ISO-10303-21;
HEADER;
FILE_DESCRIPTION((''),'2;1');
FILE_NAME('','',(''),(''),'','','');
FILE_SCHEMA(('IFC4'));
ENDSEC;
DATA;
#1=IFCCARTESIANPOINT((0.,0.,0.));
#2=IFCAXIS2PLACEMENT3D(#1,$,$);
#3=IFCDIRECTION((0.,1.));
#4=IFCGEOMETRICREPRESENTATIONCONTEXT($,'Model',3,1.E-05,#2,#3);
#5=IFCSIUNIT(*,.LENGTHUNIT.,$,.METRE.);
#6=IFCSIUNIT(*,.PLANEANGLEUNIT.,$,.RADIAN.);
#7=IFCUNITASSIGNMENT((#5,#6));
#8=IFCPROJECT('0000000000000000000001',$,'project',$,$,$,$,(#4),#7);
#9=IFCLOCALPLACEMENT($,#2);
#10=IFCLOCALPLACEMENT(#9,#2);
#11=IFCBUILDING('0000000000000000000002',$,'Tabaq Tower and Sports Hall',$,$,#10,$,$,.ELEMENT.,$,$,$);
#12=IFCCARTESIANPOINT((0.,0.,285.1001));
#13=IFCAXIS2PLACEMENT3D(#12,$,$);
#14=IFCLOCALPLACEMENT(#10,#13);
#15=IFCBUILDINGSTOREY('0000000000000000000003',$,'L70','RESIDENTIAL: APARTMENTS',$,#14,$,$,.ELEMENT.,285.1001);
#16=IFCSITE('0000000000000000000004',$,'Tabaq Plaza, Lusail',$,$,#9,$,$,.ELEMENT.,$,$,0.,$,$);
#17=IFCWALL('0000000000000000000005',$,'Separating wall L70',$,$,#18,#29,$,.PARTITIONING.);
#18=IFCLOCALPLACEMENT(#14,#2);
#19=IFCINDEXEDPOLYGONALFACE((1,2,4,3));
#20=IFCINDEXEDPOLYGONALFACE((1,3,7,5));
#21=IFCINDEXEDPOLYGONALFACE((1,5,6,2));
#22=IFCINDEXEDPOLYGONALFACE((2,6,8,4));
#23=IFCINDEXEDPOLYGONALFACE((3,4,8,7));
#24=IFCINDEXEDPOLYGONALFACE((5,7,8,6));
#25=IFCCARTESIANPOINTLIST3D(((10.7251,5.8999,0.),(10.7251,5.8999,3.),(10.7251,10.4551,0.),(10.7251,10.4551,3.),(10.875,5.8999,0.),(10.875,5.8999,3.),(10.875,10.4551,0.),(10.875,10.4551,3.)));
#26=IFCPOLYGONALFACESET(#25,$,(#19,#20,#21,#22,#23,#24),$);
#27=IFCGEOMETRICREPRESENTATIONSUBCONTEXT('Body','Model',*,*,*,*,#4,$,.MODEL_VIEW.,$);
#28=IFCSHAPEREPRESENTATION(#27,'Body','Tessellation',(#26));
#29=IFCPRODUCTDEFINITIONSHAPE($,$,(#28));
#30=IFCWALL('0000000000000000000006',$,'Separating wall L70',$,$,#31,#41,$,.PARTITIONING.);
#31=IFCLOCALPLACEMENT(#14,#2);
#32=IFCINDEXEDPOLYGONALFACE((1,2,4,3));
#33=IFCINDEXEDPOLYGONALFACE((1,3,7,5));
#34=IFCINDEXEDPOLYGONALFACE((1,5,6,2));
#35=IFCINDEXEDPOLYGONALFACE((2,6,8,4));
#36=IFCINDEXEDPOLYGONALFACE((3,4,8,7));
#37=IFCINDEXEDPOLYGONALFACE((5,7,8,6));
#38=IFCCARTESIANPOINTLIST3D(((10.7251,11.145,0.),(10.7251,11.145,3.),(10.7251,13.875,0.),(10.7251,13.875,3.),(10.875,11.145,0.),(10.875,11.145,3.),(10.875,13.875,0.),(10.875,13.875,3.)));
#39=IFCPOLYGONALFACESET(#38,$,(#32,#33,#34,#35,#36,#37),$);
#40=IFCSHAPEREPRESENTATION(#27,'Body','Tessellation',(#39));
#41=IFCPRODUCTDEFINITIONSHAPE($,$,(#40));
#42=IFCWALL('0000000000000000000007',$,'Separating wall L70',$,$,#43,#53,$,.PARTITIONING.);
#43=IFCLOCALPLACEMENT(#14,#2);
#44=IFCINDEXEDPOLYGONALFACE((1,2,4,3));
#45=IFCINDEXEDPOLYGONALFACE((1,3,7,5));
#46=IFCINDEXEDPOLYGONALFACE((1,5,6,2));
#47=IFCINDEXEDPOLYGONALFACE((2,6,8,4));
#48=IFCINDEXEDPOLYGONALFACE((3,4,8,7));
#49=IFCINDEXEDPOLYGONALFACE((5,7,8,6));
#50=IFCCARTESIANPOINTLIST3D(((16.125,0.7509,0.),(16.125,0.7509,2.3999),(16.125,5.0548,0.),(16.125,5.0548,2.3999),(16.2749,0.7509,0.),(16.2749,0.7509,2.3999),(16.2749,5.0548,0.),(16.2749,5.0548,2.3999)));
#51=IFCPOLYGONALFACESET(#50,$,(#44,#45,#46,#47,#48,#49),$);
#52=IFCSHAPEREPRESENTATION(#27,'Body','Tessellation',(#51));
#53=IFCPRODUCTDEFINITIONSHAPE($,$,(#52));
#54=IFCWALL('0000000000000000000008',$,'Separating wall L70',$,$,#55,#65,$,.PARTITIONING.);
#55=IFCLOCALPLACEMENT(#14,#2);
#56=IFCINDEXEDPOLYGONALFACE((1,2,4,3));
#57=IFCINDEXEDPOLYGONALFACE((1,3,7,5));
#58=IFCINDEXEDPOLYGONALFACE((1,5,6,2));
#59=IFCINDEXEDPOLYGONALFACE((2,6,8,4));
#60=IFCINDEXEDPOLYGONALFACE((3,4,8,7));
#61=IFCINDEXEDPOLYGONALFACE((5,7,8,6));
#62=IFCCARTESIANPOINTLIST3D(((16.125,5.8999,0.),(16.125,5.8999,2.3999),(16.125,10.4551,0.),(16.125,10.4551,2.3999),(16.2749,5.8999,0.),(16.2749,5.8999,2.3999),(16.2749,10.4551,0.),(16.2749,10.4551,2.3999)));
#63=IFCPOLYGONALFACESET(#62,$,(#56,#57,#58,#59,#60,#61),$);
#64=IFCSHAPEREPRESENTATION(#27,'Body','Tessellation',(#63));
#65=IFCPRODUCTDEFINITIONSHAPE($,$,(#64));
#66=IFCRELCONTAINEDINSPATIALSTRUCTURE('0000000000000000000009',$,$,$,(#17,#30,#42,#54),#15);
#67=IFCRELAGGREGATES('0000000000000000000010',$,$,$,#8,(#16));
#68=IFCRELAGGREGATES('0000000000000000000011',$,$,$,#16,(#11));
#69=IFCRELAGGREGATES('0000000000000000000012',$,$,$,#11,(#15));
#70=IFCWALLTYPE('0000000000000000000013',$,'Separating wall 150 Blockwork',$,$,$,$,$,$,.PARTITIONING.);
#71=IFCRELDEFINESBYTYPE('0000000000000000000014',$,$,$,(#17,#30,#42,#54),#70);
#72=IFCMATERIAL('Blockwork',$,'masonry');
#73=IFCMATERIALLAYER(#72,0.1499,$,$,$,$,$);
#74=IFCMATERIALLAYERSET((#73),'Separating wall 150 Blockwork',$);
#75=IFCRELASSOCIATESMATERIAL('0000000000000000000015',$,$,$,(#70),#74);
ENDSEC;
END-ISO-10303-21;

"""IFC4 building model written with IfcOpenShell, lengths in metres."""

from ifc_helpers import new_model, si_unit, direction, frame, frame_2d, origin, place, context, subcontext, project, spatial, rectangle, extrude, material, layer, layer_set, type_object, element, save


model = new_model("IFC4")

# Units and contexts
model_context = context("Model", 3, precision=1e-05, world=origin(), true_north=direction((0.0, 1.0)))
body_context = subcontext(model_context, "Body", "Model", "MODEL_VIEW")
ifc_project = project(units=[si_unit("LENGTHUNIT", "METRE"), si_unit("PLANEANGLEUNIT", "RADIAN")], contexts=[model_context])

# Site, building, storey
site_placement = place(None, origin())
site = spatial("IfcSite", under=ifc_project, at=site_placement, Name="Tabaq Plaza, Lusail", CompositionType="ELEMENT", RefElevation=0.0)
building_placement = place(site_placement, origin())
building = spatial("IfcBuilding", under=site, at=building_placement, Name="Tabaq Tower and Sports Hall", CompositionType="ELEMENT")
storey_placement = place(building_placement, frame((0.0, 0.0, 285.1001)))
storey = spatial("IfcBuildingStorey", under=building, at=storey_placement, Name="L70", Description="RESIDENTIAL: APARTMENTS", CompositionType="ELEMENT", Elevation=285.1001)

# Walls
ifc_material_1 = material(Name="Blockwork", Category="masonry")
ifc_layer_1 = layer(ifc_material_1, 0.1499)
ifc_layer_set_1 = layer_set([ifc_layer_1], Name="Separating wall 150 Blockwork")
wall_type_1 = type_object("IfcWallType", Name="Separating wall 150 Blockwork", PredefinedType="PARTITIONING", material=ifc_layer_set_1)
wall_1_placement = place(storey_placement, frame((10.8, 5.8999, 0.0), z_axis=(0.0, 0.0, 1.0), x_axis=(0.0, 1.0, 0.0)))
element("IfcWall", 1, at=wall_1_placement, inside=storey, type_object=wall_type_1, Name="Separating wall L70", PredefinedType="PARTITIONING", context=body_context, shape_type="SweptSolid", body=[
    extrude(rectangle(XDim=4.5552, YDim=0.1499, at=frame_2d((2.2776, 0.0))), origin(), (0.0, 0.0, 1.0), 3.0),
])
wall_2_placement = place(storey_placement, frame((10.8, 11.145, 0.0), z_axis=(0.0, 0.0, 1.0), x_axis=(0.0, 1.0, 0.0)))
element("IfcWall", 2, at=wall_2_placement, inside=storey, type_object=wall_type_1, Name="Separating wall L70", PredefinedType="PARTITIONING", context=body_context, shape_type="SweptSolid", body=[
    extrude(rectangle(XDim=2.73, YDim=0.1499, at=frame_2d((1.365, 0.0))), origin(), (0.0, 0.0, 1.0), 3.0),
])
wall_3_placement = place(storey_placement, frame((16.2, 0.751, 0.0), z_axis=(0.0, 0.0, 1.0), x_axis=(0.0, 1.0, 0.0)))
element("IfcWall", 3, at=wall_3_placement, inside=storey, type_object=wall_type_1, Name="Separating wall L70", PredefinedType="PARTITIONING", context=body_context, shape_type="SweptSolid", body=[
    extrude(rectangle(XDim=4.304, YDim=0.1499, at=frame_2d((2.1519, 0.0))), origin(), (0.0, 0.0, 1.0), 2.3999),
])
wall_4_placement = place(storey_placement, frame((16.2, 5.8999, 0.0), z_axis=(0.0, 0.0, 1.0), x_axis=(0.0, 1.0, 0.0)))
element("IfcWall", 4, at=wall_4_placement, inside=storey, type_object=wall_type_1, Name="Separating wall L70", PredefinedType="PARTITIONING", context=body_context, shape_type="SweptSolid", body=[
    extrude(rectangle(XDim=4.5552, YDim=0.1499, at=frame_2d((2.2776, 0.0))), origin(), (0.0, 0.0, 1.0), 2.3999),
])

save(model, "model.ifc")
